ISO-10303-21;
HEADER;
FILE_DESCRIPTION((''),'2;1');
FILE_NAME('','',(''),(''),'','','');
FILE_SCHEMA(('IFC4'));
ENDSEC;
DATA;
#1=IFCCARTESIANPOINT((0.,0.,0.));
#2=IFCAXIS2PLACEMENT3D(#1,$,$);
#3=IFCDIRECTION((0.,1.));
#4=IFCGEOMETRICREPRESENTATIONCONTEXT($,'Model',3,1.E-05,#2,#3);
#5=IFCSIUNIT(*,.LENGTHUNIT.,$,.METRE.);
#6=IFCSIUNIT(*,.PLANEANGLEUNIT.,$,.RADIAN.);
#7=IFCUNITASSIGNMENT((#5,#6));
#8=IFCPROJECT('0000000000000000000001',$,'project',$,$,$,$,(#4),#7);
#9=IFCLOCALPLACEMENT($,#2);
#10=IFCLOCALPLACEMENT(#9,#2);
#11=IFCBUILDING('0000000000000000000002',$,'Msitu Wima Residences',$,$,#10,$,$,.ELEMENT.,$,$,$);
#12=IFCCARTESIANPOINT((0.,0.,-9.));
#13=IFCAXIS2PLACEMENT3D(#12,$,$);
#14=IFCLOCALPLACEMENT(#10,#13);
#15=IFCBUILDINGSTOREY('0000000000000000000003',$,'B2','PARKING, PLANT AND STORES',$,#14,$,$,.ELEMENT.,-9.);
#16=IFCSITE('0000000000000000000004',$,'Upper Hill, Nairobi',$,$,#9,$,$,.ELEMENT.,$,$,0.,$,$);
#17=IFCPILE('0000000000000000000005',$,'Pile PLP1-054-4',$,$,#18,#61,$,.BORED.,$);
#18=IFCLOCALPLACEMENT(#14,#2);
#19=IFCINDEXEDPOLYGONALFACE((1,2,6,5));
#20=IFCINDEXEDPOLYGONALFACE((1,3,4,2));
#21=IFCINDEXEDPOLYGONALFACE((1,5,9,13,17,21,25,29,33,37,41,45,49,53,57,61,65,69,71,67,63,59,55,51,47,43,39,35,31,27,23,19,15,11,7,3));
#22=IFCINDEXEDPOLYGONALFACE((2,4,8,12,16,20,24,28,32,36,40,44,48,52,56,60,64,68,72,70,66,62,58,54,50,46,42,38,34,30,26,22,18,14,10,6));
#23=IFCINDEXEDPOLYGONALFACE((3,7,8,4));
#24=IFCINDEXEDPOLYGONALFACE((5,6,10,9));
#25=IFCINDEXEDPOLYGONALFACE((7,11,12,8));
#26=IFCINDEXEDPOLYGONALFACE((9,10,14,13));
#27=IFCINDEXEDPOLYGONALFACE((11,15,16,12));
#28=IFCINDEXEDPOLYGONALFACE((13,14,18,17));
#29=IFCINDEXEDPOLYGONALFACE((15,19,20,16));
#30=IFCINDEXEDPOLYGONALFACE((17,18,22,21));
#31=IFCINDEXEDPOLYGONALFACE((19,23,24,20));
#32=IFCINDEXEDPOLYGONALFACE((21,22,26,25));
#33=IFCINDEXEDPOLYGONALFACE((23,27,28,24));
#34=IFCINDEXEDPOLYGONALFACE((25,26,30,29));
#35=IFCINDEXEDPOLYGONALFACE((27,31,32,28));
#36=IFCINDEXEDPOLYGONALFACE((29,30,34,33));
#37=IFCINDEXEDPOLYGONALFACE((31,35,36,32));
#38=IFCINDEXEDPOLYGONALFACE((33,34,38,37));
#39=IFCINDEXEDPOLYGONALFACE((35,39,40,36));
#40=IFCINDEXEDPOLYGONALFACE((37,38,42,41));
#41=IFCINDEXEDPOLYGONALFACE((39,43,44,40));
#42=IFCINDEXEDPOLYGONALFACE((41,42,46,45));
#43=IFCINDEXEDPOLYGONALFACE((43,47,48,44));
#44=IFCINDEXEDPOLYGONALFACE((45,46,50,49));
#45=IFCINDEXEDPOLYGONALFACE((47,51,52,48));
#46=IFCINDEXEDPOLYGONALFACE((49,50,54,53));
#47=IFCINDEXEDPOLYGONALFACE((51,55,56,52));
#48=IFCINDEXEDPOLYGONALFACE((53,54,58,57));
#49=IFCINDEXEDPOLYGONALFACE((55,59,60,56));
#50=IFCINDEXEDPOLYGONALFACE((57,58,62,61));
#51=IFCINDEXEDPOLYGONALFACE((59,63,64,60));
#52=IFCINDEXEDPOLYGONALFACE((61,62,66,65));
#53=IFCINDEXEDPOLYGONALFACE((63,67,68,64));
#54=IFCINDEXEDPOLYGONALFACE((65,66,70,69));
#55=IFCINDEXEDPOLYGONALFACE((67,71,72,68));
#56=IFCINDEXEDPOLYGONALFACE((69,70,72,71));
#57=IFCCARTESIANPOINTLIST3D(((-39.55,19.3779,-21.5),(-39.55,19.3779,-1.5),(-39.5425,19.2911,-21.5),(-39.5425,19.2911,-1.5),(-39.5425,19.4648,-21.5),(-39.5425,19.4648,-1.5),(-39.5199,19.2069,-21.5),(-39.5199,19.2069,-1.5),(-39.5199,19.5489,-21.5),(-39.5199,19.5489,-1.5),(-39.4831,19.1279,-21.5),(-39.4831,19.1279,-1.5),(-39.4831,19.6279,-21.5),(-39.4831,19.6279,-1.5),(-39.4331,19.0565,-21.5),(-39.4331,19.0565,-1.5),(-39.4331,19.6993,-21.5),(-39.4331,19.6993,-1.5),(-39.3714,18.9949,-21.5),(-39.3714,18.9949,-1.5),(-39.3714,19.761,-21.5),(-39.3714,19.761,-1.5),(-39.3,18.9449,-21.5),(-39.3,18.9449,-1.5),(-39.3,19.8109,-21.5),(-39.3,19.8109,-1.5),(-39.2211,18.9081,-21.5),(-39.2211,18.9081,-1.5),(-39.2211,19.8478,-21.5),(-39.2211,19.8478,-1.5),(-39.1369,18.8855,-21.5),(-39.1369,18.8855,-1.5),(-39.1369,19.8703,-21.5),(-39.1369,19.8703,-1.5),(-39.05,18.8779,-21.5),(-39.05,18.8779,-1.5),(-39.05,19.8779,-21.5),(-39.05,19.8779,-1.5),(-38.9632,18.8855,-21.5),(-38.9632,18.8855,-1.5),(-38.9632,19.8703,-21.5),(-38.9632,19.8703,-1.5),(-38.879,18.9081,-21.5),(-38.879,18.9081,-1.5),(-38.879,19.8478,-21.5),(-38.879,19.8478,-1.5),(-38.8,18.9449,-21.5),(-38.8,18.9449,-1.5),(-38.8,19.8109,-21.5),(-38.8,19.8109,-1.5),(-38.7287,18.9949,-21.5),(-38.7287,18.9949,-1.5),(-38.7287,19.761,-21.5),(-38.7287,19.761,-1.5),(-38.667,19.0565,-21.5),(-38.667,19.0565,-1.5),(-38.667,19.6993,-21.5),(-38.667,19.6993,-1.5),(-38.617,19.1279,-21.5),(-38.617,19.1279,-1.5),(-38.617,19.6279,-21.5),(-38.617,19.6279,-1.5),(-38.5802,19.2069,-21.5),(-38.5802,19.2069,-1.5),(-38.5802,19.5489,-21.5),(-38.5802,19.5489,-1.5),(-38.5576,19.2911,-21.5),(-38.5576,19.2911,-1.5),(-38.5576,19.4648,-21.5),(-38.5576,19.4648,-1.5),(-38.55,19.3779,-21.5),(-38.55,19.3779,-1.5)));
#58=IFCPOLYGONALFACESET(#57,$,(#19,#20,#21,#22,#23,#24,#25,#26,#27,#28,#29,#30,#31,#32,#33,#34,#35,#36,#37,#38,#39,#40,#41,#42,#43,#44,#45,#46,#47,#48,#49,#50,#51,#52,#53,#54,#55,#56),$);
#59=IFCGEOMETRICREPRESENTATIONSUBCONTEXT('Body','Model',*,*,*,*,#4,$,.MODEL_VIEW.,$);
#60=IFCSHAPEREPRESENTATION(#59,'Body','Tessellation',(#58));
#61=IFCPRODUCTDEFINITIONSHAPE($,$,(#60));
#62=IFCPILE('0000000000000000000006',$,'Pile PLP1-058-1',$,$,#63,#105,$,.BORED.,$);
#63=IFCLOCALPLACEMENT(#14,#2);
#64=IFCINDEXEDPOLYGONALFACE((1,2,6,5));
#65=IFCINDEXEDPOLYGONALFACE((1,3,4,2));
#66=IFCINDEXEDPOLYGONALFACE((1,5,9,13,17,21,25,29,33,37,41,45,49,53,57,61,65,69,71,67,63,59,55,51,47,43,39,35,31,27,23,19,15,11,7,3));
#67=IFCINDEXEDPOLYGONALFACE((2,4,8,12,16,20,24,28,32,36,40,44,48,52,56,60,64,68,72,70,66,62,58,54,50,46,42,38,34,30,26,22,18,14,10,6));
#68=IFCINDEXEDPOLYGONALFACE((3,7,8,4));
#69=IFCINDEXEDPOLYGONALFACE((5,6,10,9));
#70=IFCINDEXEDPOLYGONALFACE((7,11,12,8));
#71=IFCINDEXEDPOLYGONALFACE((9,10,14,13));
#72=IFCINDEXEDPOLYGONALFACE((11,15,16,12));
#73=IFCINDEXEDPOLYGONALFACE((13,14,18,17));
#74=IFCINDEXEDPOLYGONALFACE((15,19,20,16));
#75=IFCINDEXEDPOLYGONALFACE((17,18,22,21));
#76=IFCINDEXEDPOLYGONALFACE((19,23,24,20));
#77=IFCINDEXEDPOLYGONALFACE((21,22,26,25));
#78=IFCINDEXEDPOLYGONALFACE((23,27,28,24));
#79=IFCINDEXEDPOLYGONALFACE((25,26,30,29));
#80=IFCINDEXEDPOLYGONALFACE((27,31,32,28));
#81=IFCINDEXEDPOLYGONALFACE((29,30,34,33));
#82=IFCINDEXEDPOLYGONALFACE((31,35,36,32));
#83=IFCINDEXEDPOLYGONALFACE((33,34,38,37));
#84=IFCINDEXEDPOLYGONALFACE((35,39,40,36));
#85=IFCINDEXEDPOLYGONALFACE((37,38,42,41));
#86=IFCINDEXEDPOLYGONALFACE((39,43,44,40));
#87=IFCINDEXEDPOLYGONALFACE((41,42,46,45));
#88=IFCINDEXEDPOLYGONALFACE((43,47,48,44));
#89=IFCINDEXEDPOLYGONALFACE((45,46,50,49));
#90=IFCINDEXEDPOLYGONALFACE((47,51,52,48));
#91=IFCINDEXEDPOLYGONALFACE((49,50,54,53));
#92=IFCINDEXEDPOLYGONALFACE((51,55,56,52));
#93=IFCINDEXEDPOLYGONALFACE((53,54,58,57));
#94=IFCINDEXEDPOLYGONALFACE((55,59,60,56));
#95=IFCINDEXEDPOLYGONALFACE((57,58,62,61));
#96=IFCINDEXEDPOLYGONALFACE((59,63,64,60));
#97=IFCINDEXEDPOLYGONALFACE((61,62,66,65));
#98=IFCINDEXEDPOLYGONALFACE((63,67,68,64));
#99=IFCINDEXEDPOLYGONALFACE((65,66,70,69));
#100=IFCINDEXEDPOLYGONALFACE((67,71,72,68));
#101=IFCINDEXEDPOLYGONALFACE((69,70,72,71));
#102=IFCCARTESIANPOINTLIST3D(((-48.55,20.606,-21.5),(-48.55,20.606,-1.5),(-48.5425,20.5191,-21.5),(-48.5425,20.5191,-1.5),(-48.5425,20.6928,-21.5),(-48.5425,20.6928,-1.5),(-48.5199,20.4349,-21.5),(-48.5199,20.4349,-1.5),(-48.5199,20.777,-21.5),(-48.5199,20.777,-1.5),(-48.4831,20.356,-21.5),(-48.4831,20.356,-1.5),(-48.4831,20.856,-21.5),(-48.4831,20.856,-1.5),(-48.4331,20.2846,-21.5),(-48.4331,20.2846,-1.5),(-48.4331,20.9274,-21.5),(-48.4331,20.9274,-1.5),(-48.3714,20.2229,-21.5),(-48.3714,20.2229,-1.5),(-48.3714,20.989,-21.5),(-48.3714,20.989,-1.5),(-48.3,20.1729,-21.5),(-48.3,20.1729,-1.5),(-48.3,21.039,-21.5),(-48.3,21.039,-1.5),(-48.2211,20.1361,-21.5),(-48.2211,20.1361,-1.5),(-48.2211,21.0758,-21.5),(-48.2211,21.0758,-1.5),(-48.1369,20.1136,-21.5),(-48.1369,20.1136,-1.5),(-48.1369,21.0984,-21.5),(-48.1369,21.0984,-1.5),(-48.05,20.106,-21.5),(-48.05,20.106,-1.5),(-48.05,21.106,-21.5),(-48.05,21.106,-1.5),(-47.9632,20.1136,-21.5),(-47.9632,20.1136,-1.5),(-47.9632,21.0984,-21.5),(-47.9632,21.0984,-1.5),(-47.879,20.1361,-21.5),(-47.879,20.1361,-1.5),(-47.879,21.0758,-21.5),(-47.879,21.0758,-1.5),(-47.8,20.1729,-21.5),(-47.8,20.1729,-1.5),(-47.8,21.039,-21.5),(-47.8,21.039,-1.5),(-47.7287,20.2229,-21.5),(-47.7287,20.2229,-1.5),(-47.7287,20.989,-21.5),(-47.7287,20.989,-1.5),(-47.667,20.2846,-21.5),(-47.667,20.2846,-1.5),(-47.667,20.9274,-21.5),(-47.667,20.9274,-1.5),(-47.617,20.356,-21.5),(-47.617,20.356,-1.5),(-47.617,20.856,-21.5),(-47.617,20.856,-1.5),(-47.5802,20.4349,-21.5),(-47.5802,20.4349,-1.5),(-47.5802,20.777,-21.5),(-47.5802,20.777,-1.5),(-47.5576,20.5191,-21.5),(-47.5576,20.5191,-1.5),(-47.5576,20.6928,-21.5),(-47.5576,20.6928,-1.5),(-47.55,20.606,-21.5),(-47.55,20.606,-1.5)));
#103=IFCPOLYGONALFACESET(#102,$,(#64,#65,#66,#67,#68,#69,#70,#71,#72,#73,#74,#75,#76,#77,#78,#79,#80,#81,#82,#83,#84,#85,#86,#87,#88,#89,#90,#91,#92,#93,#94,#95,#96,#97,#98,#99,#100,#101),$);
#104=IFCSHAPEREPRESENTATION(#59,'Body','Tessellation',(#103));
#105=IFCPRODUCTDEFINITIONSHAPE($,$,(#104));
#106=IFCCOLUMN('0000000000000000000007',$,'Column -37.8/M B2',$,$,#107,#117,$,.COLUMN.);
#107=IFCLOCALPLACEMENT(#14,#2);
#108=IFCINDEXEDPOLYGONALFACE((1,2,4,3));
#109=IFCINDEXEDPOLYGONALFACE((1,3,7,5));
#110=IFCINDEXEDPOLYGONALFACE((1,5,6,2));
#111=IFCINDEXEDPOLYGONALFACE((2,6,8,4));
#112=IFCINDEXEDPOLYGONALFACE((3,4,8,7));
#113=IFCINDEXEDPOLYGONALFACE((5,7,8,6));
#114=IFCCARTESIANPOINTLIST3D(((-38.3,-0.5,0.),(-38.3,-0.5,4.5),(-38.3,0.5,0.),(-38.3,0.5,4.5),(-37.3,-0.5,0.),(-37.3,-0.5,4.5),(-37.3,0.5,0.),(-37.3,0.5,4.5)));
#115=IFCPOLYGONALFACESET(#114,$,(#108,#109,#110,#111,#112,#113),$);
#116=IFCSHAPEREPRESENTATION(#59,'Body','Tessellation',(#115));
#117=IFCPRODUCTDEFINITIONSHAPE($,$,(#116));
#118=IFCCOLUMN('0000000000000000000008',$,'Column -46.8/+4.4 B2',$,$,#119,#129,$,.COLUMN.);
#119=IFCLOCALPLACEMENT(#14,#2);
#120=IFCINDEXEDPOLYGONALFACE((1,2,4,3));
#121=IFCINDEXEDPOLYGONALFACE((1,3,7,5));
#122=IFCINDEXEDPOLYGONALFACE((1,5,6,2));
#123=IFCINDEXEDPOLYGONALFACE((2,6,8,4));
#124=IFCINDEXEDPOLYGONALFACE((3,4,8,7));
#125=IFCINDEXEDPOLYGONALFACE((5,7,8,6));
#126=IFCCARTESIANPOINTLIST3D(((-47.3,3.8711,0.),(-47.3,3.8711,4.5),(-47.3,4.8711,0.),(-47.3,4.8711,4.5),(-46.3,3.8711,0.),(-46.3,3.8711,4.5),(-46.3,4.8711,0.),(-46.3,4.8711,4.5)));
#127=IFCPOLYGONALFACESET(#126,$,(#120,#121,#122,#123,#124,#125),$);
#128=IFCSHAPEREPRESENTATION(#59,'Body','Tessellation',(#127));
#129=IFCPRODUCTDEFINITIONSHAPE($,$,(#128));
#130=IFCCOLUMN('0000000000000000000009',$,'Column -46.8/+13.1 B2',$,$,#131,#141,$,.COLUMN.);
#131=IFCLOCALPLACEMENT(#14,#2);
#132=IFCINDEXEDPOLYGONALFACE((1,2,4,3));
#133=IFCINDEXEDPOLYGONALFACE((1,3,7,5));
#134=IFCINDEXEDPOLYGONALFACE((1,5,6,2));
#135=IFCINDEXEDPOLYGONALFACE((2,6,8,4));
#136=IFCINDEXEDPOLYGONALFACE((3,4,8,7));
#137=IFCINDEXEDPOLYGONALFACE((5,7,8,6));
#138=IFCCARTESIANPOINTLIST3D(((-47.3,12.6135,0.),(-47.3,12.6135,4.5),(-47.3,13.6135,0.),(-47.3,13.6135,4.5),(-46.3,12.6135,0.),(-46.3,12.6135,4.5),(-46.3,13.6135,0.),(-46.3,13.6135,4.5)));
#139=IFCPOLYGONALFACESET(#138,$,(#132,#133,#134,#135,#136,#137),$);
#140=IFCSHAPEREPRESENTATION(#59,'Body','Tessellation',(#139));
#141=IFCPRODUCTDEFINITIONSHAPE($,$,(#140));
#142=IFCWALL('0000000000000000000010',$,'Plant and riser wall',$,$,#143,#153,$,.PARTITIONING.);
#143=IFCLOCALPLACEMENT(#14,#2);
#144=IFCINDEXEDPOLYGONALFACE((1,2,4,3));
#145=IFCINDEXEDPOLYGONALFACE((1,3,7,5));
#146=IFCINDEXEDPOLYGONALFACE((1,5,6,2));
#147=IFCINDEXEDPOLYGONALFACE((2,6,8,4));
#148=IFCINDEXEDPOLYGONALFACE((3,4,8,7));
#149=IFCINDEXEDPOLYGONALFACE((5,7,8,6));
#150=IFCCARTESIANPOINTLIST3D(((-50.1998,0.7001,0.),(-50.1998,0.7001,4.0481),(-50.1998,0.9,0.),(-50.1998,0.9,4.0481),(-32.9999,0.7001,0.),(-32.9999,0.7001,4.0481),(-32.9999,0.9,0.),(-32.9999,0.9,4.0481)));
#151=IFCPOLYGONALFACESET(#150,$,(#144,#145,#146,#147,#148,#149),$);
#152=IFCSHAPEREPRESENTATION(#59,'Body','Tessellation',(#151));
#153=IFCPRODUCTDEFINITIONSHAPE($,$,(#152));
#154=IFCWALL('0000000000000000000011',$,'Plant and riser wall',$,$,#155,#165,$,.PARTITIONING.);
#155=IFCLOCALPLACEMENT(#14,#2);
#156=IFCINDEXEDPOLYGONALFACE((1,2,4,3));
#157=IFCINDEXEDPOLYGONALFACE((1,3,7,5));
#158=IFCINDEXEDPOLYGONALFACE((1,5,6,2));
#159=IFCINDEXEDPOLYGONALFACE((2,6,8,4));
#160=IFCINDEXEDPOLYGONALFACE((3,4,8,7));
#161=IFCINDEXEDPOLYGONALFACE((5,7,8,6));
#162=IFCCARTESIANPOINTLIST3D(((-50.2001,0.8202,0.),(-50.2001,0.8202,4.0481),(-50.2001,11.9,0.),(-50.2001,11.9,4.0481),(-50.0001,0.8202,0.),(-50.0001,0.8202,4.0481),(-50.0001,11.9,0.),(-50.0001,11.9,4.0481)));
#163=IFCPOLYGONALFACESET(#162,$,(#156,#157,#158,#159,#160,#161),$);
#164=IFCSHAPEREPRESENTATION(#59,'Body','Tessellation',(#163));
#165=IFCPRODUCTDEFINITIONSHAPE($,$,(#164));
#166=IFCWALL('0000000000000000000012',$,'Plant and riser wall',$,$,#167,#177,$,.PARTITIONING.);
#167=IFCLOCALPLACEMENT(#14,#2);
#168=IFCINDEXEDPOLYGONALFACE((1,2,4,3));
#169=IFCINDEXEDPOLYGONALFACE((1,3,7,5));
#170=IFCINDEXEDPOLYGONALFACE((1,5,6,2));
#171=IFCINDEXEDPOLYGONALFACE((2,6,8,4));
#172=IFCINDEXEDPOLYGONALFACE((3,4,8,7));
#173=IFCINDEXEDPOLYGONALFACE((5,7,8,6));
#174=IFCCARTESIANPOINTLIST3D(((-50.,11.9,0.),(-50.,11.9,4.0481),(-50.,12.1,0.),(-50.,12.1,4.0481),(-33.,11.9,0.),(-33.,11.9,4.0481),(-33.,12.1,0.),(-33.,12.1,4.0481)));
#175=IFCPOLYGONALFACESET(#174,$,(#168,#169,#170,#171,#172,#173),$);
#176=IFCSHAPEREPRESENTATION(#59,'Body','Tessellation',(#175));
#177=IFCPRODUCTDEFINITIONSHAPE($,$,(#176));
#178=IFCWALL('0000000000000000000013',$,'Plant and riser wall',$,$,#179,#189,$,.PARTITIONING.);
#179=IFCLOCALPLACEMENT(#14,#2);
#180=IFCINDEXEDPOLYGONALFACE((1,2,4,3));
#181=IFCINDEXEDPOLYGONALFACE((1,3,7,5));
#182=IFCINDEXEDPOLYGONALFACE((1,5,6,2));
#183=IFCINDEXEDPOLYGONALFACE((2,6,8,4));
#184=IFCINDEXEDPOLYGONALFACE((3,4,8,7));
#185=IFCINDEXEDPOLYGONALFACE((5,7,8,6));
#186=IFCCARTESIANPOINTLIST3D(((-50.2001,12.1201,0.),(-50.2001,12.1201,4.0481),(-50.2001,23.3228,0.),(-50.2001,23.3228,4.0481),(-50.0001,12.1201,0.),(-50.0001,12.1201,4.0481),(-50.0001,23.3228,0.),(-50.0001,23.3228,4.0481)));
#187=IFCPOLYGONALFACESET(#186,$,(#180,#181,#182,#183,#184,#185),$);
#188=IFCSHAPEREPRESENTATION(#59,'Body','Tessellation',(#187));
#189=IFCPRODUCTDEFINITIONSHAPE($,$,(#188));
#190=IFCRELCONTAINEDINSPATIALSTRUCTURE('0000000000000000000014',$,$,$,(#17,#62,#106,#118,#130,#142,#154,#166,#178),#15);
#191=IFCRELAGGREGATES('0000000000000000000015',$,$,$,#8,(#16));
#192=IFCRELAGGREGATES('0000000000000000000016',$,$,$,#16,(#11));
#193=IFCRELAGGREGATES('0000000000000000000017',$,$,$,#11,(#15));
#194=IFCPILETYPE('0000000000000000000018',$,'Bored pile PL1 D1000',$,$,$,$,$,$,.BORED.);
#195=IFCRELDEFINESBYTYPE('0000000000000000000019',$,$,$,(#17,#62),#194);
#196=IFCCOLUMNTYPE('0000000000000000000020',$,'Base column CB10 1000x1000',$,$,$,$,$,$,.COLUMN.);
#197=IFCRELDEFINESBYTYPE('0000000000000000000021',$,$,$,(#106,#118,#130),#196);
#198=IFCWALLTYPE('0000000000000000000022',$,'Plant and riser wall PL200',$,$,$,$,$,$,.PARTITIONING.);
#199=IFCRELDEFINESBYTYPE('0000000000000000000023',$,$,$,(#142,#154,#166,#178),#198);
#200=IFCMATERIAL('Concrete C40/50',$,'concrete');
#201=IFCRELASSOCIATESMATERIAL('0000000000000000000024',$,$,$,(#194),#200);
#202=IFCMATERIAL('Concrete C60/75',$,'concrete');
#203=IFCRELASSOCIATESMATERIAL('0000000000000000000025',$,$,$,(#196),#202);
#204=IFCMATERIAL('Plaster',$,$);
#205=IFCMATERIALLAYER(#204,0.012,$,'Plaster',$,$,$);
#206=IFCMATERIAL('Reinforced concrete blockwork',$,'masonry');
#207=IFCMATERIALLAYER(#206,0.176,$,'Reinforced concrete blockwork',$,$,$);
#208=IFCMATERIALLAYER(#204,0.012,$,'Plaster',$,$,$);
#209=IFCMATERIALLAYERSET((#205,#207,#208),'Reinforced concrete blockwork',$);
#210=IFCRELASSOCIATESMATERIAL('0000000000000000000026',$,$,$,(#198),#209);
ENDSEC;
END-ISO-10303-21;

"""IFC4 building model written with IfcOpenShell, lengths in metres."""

from ifc_helpers import new_model, si_unit, direction, frame, frame_2d, origin, origin_2d, place, context, subcontext, project, spatial, rectangle, circle, extrude, material, layer, layer_set, material_profile, profile_set, type_object, element, save


model = new_model("IFC4")

# Units and contexts
model_context = context("Model", 3, precision=1e-05, world=origin(), true_north=direction((0.0, 1.0)))
body_context = subcontext(model_context, "Body", "Model", "MODEL_VIEW")
ifc_project = project(units=[si_unit("LENGTHUNIT", "METRE"), si_unit("PLANEANGLEUNIT", "RADIAN")], contexts=[model_context])

# Site, building, storey
site_placement = place(None, origin())
site = spatial("IfcSite", under=ifc_project, at=site_placement, Name="Upper Hill, Nairobi", CompositionType="ELEMENT", RefElevation=0.0)
building_placement = place(site_placement, origin())
building = spatial("IfcBuilding", under=site, at=building_placement, Name="Msitu Wima Residences", CompositionType="ELEMENT")
storey_placement = place(building_placement, frame((0.0, 0.0, -9.0)))
storey = spatial("IfcBuildingStorey", under=building, at=storey_placement, Name="B2", Description="PARKING, PLANT AND STORES", CompositionType="ELEMENT", Elevation=-9.0)

# Piles
ifc_material_1 = material(Name="Concrete C40/50", Category="concrete")
pile_type = type_object("IfcPileType", Name="Bored pile PL1 D1000", PredefinedType="BORED", material=ifc_material_1)
for number, where, z_axis, x_axis, name in (
    (1, (-39.05, 19.3779, -1.5), (0.0, 0.0, -1.0), (1.0, 0.0, 0.0), "Pile PLP1-054-4"),
    (2, (-48.05, 20.606, -1.5), (0.0, 0.0, -1.0), (1.0, 0.0, 0.0), "Pile PLP1-058-1"),
):
    element("IfcPile", number, at=place(storey_placement, frame(where, z_axis=z_axis, x_axis=x_axis)), inside=storey, type_object=pile_type, Name=name, PredefinedType="BORED", context=body_context, shape_type="SweptSolid", body=[
        extrude(circle(Radius=0.5, at=origin_2d()), origin(), (0.0, 0.0, 1.0), 20.0),
    ])

# Columns
ifc_material_2 = material(Name="Concrete C60/75", Category="concrete")
ifc_material_profile = material_profile(ifc_material_2, rectangle(XDim=1.0, YDim=1.0, at=origin_2d()), Name="RC 1000x1000")
ifc_profile_set = profile_set([ifc_material_profile], Name="Concrete C60/75")
column_type = type_object("IfcColumnType", Name="Base column CB10 1000x1000", PredefinedType="COLUMN", material=ifc_profile_set)
for number, where, z_axis, x_axis, name in (
    (3, (-37.8, 0.0, 0.0), (0.0, 0.0, 1.0), (1.0, 0.0, 0.0), "Column -37.8/M B2"),
    (4, (-46.8, 4.3711, 0.0), (0.0, 0.0, 1.0), (1.0, 0.0, 0.0), "Column -46.8/+4.4 B2"),
    (5, (-46.8, 13.1135, 0.0), (0.0, 0.0, 1.0), (1.0, 0.0, 0.0), "Column -46.8/+13.1 B2"),
):
    element("IfcColumn", number, at=place(storey_placement, frame(where, z_axis=z_axis, x_axis=x_axis)), inside=storey, type_object=column_type, Name=name, PredefinedType="COLUMN", context=body_context, shape_type="SweptSolid", body=[
        extrude(rectangle(XDim=1.0, YDim=1.0, at=origin_2d()), origin(), (0.0, 0.0, 1.0), 4.5),
    ])

# Walls
ifc_material_3 = material(Name="Plaster")
ifc_layer_1 = layer(ifc_material_3, 0.012, Name="Plaster")
ifc_material_4 = material(Name="Reinforced concrete blockwork", Category="masonry")
ifc_layer_2 = layer(ifc_material_4, 0.176, Name="Reinforced concrete blockwork")
ifc_layer_3 = layer(ifc_material_3, 0.012, Name="Plaster")
ifc_layer_set = layer_set([ifc_layer_1, ifc_layer_2, ifc_layer_3], Name="Reinforced concrete blockwork")
wall_type = type_object("IfcWallType", Name="Plant and riser wall PL200", PredefinedType="PARTITIONING", material=ifc_layer_set)
wall_1_placement = place(storey_placement, frame((-50.2, 0.8, 0.0), z_axis=(0.0, 0.0, 1.0), x_axis=(1.0, 0.0, 0.0)))
element("IfcWall", 6, at=wall_1_placement, inside=storey, type_object=wall_type, Name="Plant and riser wall", PredefinedType="PARTITIONING", context=body_context, shape_type="SweptSolid", body=[
    extrude(rectangle(XDim=17.2, YDim=0.2, at=frame_2d((8.6001, 0.0))), origin(), (0.0, 0.0, 1.0), 4.0481),
])
wall_2_placement = place(storey_placement, frame((-50.1001, 0.8201, 0.0), z_axis=(0.0, 0.0, 1.0), x_axis=(0.0, 1.0, 0.0)))
element("IfcWall", 7, at=wall_2_placement, inside=storey, type_object=wall_type, Name="Plant and riser wall", PredefinedType="PARTITIONING", context=body_context, shape_type="SweptSolid", body=[
    extrude(rectangle(XDim=11.0798, YDim=0.2, at=frame_2d((5.54, 0.0))), origin(), (0.0, 0.0, 1.0), 4.0481),
])
wall_3_placement = place(storey_placement, frame((-50.0, 12.0, 0.0), z_axis=(0.0, 0.0, 1.0), x_axis=(1.0, 0.0, 0.0)))
element("IfcWall", 8, at=wall_3_placement, inside=storey, type_object=wall_type, Name="Plant and riser wall", PredefinedType="PARTITIONING", context=body_context, shape_type="SweptSolid", body=[
    extrude(rectangle(XDim=17.0, YDim=0.2, at=frame_2d((8.5, 0.0))), origin(), (0.0, 0.0, 1.0), 4.0481),
])
wall_4_placement = place(storey_placement, frame((-50.1001, 12.1201, 0.0), z_axis=(0.0, 0.0, 1.0), x_axis=(0.0, 1.0, 0.0)))
element("IfcWall", 9, at=wall_4_placement, inside=storey, type_object=wall_type, Name="Plant and riser wall", PredefinedType="PARTITIONING", context=body_context, shape_type="SweptSolid", body=[
    extrude(rectangle(XDim=11.2026, YDim=0.2, at=frame_2d((5.6013, 0.0))), origin(), (0.0, 0.0, 1.0), 4.0481),
])

save(model, "model.ifc")
